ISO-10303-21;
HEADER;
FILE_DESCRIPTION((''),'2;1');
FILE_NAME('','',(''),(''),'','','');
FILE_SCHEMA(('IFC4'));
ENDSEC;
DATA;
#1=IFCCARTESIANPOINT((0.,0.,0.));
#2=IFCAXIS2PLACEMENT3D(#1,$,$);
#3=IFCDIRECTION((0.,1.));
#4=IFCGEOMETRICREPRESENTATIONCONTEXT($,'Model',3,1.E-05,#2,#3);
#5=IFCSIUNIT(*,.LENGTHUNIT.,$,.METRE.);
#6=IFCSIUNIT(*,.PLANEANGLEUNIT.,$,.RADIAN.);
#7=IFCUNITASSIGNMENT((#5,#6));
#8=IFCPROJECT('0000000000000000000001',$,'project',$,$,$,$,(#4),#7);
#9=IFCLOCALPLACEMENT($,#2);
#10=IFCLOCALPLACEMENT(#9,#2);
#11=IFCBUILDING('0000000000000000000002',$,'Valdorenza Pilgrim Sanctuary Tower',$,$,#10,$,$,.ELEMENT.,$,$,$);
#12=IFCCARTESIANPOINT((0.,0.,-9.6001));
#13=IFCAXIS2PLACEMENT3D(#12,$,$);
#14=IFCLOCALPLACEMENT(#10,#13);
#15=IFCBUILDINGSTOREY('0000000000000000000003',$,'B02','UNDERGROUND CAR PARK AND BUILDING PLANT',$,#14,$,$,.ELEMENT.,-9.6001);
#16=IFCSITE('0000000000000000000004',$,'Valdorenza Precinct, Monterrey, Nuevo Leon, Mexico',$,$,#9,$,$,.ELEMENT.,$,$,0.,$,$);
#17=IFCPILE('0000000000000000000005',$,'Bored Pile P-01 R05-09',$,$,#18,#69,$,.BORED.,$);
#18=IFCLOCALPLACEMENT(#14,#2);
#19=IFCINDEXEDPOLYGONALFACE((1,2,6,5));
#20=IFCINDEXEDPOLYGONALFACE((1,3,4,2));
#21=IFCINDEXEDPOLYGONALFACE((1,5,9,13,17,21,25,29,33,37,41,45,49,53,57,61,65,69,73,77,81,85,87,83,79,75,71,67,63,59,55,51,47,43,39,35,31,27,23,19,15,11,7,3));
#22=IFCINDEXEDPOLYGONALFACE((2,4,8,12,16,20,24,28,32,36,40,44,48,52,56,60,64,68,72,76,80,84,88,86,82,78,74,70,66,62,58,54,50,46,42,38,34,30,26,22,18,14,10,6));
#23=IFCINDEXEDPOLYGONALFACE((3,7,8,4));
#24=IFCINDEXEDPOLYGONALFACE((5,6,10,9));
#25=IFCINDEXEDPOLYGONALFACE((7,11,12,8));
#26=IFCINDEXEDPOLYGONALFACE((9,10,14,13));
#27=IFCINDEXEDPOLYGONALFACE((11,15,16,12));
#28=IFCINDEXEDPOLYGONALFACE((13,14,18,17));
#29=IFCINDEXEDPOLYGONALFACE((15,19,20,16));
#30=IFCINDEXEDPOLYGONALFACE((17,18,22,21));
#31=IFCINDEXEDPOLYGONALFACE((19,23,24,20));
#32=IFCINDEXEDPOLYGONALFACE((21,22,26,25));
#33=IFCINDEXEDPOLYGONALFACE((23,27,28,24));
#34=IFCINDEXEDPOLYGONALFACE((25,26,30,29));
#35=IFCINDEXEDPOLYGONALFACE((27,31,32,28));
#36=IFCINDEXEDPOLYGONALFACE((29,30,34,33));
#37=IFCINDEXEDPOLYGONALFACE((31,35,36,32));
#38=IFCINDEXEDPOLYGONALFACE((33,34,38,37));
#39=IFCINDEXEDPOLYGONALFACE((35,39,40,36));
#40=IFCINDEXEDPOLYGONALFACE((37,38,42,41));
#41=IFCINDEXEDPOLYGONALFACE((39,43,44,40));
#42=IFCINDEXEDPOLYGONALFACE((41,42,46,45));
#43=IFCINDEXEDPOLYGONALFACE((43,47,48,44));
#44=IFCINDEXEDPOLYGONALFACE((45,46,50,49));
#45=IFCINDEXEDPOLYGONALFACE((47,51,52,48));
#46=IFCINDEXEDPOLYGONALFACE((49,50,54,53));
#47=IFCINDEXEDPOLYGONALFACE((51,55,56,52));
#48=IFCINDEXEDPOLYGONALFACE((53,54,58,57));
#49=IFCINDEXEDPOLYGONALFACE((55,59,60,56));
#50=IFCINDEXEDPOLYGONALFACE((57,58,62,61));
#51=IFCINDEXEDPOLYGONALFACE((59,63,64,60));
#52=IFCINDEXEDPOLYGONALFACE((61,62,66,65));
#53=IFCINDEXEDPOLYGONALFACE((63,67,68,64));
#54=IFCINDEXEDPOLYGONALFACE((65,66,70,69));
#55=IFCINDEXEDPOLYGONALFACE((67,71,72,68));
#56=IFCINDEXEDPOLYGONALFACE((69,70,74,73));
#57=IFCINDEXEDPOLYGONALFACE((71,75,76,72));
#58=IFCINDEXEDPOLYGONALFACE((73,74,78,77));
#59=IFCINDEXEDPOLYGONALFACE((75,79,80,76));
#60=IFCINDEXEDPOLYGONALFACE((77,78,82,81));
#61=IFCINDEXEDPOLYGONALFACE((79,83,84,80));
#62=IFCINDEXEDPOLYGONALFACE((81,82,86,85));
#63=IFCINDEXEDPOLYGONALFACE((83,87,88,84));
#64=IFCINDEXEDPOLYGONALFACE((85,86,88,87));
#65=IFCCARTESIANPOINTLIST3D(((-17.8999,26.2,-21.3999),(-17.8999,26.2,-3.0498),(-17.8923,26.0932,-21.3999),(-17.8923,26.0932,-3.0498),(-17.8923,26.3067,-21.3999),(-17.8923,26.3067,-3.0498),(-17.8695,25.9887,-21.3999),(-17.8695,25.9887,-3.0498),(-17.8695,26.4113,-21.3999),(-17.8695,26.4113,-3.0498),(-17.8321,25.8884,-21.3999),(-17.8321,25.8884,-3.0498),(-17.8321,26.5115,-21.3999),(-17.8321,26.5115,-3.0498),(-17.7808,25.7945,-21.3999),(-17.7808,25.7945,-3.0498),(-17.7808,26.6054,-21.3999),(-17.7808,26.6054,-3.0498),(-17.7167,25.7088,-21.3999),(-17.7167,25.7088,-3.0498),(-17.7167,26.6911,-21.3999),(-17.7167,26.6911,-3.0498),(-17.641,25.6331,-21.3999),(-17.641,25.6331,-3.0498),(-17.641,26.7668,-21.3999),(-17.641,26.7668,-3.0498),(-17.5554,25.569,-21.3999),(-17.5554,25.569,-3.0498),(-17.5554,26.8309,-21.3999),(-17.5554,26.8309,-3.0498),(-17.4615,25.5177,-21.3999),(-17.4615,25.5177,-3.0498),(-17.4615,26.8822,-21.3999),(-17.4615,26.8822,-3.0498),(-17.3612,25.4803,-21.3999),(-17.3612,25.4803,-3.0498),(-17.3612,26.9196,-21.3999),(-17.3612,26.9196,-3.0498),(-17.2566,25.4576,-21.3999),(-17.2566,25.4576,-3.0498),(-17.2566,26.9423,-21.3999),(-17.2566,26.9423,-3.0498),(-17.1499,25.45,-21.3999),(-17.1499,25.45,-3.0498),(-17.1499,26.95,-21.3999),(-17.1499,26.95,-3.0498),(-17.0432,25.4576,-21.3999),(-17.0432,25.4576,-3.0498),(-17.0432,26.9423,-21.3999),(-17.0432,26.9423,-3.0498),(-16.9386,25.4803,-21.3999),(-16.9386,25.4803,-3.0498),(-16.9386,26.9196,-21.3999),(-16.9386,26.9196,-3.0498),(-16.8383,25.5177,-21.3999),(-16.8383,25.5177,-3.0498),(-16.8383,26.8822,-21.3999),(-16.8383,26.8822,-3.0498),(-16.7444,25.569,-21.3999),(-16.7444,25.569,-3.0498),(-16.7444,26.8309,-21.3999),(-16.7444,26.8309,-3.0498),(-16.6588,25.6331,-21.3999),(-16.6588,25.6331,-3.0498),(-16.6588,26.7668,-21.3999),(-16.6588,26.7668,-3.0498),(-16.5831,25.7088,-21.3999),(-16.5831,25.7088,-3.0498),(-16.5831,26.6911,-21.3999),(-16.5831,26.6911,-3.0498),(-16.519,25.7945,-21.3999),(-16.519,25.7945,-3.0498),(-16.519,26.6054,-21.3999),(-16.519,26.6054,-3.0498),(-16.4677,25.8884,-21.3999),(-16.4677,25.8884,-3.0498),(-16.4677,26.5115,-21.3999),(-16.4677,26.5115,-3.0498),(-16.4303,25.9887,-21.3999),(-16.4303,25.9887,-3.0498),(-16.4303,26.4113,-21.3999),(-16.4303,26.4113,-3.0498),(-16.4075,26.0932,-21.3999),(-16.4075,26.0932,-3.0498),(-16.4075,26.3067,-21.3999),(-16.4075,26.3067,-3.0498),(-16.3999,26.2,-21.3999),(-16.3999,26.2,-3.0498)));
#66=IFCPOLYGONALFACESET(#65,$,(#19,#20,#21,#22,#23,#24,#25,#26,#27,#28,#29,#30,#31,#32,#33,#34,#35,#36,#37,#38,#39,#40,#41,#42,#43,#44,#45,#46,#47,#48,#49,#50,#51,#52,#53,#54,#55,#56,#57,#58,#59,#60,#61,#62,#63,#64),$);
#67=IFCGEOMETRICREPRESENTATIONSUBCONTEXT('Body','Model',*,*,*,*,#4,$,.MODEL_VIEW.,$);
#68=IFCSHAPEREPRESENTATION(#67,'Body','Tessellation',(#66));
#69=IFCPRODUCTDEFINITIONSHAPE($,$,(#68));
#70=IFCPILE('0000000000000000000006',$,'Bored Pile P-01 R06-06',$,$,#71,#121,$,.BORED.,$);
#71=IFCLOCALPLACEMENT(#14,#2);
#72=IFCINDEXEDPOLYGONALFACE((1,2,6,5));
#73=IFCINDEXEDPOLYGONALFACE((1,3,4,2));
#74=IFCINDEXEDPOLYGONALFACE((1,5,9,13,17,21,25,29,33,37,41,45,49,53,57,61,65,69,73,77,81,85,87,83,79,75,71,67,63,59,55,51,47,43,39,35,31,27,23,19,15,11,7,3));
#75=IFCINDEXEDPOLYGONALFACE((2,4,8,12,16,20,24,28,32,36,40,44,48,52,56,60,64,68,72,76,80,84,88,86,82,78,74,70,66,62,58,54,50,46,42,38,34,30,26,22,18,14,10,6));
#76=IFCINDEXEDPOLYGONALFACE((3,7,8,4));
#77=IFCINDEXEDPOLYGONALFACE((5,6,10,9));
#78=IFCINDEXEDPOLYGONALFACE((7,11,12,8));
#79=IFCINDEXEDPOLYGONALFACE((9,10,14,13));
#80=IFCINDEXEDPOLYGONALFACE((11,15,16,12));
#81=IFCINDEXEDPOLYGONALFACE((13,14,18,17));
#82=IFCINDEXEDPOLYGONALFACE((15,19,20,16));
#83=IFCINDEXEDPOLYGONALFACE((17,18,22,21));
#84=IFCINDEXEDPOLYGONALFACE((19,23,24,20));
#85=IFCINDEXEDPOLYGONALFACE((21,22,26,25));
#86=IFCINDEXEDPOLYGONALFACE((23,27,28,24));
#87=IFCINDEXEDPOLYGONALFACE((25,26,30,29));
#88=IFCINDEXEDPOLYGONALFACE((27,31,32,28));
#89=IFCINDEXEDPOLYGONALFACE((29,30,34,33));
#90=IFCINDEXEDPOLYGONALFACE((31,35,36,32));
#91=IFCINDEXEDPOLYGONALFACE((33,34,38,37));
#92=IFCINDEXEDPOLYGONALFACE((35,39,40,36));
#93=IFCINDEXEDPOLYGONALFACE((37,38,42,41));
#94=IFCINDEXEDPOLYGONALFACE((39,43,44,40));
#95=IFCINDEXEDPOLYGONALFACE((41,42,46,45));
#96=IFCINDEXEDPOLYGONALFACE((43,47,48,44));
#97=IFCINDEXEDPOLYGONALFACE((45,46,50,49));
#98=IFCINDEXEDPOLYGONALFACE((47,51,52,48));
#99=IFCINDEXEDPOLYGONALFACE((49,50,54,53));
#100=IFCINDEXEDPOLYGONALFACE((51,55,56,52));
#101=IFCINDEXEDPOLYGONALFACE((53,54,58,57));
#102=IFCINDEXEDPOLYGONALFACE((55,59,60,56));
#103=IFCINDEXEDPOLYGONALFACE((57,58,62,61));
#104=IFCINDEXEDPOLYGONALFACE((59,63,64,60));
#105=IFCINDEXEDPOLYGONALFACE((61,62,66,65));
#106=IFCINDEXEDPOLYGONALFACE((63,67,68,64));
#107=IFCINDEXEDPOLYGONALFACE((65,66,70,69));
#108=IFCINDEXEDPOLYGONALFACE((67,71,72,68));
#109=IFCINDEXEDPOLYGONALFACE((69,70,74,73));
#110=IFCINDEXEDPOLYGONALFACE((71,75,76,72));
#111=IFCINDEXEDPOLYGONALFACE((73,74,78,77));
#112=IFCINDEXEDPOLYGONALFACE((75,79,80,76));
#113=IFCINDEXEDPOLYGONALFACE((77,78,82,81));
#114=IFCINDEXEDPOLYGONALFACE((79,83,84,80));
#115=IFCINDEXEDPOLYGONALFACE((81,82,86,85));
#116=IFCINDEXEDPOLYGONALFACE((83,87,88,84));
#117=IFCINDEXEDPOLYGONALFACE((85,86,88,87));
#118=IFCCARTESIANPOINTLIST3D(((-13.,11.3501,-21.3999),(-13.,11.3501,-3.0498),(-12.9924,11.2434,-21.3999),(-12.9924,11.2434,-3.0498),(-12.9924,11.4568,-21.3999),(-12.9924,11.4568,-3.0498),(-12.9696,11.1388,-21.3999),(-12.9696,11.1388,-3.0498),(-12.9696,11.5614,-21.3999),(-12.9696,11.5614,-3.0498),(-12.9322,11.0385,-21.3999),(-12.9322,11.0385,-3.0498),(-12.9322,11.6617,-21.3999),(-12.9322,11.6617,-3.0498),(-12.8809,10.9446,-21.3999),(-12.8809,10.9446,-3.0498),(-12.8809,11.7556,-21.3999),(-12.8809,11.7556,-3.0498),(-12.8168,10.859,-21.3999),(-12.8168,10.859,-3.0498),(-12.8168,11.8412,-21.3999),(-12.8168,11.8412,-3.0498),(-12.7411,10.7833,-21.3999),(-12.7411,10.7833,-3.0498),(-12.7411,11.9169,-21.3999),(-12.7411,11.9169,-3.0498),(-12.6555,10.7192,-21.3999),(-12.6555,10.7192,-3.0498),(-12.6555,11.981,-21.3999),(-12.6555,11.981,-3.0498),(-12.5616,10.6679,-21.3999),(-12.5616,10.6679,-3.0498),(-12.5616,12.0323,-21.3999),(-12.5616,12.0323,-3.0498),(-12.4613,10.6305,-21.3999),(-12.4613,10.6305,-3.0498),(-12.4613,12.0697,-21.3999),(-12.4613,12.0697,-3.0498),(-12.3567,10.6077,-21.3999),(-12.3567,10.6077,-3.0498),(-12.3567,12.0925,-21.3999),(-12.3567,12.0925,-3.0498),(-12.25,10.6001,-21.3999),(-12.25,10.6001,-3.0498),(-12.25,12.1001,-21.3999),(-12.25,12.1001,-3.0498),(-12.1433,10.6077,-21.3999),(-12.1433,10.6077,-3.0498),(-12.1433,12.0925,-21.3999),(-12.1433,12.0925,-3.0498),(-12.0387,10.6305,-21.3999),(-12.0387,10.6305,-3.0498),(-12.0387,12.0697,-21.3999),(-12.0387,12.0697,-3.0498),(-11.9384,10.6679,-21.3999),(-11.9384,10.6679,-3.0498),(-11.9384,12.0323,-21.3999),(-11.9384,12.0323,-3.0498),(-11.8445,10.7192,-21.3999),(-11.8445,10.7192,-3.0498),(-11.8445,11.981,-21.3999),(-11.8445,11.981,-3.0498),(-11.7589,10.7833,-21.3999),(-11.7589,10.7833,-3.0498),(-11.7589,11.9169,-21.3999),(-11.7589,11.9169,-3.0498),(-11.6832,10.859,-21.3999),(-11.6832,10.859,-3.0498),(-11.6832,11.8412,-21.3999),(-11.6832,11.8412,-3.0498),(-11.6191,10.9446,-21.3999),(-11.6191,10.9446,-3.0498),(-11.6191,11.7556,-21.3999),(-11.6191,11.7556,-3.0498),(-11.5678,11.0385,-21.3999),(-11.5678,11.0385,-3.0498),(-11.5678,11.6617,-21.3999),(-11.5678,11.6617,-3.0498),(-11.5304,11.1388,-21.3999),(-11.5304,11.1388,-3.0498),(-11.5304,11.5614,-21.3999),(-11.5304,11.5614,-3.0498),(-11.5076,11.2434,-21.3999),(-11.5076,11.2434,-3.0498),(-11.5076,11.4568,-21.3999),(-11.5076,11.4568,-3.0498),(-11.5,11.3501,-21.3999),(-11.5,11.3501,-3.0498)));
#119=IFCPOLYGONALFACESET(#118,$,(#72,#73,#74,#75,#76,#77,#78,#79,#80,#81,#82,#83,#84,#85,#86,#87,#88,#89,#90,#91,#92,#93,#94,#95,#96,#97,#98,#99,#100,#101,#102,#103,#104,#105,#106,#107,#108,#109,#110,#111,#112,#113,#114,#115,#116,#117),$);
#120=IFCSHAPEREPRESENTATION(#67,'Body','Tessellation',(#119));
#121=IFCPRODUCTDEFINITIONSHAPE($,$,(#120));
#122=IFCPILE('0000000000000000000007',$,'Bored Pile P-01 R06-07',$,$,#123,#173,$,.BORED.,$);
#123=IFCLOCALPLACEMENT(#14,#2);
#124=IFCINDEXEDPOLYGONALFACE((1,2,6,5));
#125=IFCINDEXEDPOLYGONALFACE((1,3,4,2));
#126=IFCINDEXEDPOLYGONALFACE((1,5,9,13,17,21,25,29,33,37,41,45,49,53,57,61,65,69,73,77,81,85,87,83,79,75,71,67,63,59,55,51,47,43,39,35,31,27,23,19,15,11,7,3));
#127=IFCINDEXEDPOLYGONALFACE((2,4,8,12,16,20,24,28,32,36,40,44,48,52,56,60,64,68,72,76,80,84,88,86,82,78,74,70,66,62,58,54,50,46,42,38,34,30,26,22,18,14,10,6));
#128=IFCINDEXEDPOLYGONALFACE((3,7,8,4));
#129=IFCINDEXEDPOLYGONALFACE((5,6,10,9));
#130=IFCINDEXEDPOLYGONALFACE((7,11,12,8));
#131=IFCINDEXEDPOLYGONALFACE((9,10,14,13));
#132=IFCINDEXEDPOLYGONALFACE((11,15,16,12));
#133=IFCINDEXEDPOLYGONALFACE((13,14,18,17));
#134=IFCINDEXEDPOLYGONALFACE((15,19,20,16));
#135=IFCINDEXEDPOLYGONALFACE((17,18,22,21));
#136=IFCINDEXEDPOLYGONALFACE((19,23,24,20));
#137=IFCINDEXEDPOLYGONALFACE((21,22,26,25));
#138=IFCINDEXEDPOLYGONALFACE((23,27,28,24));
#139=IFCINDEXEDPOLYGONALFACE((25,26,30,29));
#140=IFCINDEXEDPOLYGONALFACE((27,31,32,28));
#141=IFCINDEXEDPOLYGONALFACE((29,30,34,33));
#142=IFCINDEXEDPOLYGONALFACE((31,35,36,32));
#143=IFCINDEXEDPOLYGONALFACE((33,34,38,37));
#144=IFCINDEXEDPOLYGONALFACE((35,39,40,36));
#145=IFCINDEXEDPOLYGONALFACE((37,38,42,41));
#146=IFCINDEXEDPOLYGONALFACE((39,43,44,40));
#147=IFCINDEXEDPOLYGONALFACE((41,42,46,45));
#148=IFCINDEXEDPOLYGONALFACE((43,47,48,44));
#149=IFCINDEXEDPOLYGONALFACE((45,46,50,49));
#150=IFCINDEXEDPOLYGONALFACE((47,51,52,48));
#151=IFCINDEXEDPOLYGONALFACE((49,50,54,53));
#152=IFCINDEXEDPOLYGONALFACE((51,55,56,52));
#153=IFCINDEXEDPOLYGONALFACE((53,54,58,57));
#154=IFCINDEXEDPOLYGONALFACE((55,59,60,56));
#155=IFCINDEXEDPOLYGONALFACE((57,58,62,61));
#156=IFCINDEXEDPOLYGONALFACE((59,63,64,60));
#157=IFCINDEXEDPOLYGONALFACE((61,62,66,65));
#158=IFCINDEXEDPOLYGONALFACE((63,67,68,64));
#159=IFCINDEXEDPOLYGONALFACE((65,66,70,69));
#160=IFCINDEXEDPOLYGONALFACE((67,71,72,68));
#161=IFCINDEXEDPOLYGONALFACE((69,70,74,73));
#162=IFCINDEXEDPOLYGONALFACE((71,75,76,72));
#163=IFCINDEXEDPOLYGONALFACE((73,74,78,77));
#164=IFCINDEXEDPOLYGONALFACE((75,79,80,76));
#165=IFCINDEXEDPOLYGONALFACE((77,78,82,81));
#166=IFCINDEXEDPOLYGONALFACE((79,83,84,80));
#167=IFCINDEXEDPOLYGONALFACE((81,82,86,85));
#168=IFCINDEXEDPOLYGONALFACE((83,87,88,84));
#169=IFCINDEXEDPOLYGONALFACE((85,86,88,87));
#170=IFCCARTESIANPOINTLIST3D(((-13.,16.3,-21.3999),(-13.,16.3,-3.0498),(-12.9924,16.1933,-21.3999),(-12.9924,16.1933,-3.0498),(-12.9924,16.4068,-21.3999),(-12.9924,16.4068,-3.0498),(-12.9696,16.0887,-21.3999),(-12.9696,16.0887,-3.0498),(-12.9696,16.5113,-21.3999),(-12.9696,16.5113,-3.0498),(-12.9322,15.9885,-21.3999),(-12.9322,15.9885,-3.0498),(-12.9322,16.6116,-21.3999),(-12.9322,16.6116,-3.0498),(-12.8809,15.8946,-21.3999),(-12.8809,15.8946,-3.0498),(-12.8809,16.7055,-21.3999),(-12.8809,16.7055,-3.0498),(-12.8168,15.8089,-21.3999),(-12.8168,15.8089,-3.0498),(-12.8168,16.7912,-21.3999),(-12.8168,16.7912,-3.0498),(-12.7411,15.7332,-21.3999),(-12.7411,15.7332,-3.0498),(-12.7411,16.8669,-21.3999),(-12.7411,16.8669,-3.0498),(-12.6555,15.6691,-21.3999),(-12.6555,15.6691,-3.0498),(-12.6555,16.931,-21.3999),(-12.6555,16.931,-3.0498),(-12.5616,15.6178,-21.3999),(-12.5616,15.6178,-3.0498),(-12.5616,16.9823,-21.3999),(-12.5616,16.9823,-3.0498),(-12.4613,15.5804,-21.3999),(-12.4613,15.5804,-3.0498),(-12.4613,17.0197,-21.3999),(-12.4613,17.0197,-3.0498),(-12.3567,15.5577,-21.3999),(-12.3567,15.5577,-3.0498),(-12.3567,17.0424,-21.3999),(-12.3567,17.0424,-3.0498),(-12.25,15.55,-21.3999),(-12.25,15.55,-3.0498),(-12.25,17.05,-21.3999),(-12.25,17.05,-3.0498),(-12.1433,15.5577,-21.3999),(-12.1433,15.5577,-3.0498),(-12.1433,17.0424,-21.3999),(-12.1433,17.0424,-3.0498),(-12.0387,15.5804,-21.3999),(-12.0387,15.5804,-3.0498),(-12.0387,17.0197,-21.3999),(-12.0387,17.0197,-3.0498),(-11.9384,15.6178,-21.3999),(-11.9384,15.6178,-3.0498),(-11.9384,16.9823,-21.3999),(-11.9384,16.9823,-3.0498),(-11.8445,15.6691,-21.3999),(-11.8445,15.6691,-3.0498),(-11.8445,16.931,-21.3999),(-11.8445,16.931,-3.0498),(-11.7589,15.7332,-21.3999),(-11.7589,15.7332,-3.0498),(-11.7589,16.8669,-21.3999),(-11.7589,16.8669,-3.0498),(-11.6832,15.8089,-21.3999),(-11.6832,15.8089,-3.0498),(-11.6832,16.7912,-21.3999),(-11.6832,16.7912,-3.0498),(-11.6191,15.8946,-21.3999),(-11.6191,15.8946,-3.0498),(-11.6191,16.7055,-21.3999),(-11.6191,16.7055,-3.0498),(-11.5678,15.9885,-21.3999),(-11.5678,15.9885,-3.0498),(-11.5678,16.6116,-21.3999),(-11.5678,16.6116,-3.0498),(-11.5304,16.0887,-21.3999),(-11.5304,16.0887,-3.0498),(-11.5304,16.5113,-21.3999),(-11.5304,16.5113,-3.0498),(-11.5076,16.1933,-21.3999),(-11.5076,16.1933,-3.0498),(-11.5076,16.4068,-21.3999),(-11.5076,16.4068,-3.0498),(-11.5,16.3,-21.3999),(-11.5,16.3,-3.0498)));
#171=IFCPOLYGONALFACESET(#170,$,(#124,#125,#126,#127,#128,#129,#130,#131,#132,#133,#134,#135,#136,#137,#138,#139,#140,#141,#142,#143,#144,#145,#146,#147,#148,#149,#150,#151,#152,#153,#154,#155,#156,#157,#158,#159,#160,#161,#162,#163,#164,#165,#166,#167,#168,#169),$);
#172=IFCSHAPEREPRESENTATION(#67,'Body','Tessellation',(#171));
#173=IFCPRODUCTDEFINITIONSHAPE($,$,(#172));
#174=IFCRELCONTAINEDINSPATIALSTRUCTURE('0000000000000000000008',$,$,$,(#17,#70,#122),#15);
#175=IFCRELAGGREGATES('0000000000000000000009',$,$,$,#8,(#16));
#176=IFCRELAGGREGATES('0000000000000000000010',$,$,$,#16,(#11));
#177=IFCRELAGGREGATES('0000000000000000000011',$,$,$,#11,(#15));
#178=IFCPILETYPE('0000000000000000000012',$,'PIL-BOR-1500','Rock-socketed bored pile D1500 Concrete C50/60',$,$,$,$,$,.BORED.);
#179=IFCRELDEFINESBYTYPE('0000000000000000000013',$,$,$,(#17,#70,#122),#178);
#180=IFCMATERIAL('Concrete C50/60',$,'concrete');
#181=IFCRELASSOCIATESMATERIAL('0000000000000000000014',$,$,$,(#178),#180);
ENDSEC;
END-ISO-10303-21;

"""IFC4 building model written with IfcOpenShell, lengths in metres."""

from ifc_helpers import new_model, si_unit, direction, frame, origin, origin_2d, place, context, subcontext, project, spatial, circle, extrude, source, transform, mapped, material, material_profile, profile_set, type_object, element, save


model = new_model("IFC4")

# Units and contexts
model_context = context("Model", 3, precision=1e-05, world=origin(), true_north=direction((0.0, 1.0)))
body_context = subcontext(model_context, "Body", "Model", "MODEL_VIEW")
ifc_project = project(units=[si_unit("LENGTHUNIT", "METRE"), si_unit("PLANEANGLEUNIT", "RADIAN")], contexts=[model_context])

# Site, building, storey
site_placement = place(None, origin())
site = spatial("IfcSite", under=ifc_project, at=site_placement, Name="Valdorenza Precinct, Monterrey, Nuevo Leon, Mexico", CompositionType="ELEMENT", RefElevation=0.0)
building_placement = place(site_placement, origin())
building = spatial("IfcBuilding", under=site, at=building_placement, Name="Valdorenza Pilgrim Sanctuary Tower", CompositionType="ELEMENT")
storey_placement = place(building_placement, frame((0.0, 0.0, -9.6001)))
storey = spatial("IfcBuildingStorey", under=building, at=storey_placement, Name="B02", Description="UNDERGROUND CAR PARK AND BUILDING PLANT", CompositionType="ELEMENT", Elevation=-9.6001)

# Piles
ifc_material_1 = material(Name="Concrete C50/60", Category="concrete")
ifc_material_profile_1 = material_profile(ifc_material_1, circle(Radius=0.75, at=origin_2d()), Name="BORED PILE 1500")
ifc_profile_set_1 = profile_set([ifc_material_profile_1], Name="Concrete C50/60")
pile_type = type_object("IfcPileType", Name="PIL-BOR-1500", Description="Rock-socketed bored pile D1500 Concrete C50/60", PredefinedType="BORED", material=ifc_profile_set_1)
shared_shape_1 = source(origin(), body_context, "Body", "SweptSolid", [
    extrude(circle(Radius=0.75, at=origin_2d()), origin(), (0.0, 0.0, 1.0), 18.3501),
])
for number, where, z_axis, x_axis, name in (
    (1, (-17.1499, 26.2, -3.0498), (0.0, 0.0, -1.0), (1.0, 0.0, 0.0), "Bored Pile P-01 R05-09"),
    (2, (-12.25, 11.3501, -3.0498), (0.0, 0.0, -1.0), (1.0, 0.0, 0.0), "Bored Pile P-01 R06-06"),
    (3, (-12.25, 16.3, -3.0498), (0.0, 0.0, -1.0), (1.0, 0.0, 0.0), "Bored Pile P-01 R06-07"),
):
    element("IfcPile", number, at=place(storey_placement, frame(where, z_axis=z_axis, x_axis=x_axis)), inside=storey, type_object=pile_type, Name=name, PredefinedType="BORED", context=body_context, shape_type="MappedRepresentation", body=[
        mapped(shared_shape_1, transform((0.0, 0.0, 0.0), x_axis=(1.0, 0.0, 0.0), y_axis=(0.0, 1.0, 0.0), z_axis=(0.0, 0.0, 1.0), scale=1.0)),
    ])

save(model, "model.ifc")
